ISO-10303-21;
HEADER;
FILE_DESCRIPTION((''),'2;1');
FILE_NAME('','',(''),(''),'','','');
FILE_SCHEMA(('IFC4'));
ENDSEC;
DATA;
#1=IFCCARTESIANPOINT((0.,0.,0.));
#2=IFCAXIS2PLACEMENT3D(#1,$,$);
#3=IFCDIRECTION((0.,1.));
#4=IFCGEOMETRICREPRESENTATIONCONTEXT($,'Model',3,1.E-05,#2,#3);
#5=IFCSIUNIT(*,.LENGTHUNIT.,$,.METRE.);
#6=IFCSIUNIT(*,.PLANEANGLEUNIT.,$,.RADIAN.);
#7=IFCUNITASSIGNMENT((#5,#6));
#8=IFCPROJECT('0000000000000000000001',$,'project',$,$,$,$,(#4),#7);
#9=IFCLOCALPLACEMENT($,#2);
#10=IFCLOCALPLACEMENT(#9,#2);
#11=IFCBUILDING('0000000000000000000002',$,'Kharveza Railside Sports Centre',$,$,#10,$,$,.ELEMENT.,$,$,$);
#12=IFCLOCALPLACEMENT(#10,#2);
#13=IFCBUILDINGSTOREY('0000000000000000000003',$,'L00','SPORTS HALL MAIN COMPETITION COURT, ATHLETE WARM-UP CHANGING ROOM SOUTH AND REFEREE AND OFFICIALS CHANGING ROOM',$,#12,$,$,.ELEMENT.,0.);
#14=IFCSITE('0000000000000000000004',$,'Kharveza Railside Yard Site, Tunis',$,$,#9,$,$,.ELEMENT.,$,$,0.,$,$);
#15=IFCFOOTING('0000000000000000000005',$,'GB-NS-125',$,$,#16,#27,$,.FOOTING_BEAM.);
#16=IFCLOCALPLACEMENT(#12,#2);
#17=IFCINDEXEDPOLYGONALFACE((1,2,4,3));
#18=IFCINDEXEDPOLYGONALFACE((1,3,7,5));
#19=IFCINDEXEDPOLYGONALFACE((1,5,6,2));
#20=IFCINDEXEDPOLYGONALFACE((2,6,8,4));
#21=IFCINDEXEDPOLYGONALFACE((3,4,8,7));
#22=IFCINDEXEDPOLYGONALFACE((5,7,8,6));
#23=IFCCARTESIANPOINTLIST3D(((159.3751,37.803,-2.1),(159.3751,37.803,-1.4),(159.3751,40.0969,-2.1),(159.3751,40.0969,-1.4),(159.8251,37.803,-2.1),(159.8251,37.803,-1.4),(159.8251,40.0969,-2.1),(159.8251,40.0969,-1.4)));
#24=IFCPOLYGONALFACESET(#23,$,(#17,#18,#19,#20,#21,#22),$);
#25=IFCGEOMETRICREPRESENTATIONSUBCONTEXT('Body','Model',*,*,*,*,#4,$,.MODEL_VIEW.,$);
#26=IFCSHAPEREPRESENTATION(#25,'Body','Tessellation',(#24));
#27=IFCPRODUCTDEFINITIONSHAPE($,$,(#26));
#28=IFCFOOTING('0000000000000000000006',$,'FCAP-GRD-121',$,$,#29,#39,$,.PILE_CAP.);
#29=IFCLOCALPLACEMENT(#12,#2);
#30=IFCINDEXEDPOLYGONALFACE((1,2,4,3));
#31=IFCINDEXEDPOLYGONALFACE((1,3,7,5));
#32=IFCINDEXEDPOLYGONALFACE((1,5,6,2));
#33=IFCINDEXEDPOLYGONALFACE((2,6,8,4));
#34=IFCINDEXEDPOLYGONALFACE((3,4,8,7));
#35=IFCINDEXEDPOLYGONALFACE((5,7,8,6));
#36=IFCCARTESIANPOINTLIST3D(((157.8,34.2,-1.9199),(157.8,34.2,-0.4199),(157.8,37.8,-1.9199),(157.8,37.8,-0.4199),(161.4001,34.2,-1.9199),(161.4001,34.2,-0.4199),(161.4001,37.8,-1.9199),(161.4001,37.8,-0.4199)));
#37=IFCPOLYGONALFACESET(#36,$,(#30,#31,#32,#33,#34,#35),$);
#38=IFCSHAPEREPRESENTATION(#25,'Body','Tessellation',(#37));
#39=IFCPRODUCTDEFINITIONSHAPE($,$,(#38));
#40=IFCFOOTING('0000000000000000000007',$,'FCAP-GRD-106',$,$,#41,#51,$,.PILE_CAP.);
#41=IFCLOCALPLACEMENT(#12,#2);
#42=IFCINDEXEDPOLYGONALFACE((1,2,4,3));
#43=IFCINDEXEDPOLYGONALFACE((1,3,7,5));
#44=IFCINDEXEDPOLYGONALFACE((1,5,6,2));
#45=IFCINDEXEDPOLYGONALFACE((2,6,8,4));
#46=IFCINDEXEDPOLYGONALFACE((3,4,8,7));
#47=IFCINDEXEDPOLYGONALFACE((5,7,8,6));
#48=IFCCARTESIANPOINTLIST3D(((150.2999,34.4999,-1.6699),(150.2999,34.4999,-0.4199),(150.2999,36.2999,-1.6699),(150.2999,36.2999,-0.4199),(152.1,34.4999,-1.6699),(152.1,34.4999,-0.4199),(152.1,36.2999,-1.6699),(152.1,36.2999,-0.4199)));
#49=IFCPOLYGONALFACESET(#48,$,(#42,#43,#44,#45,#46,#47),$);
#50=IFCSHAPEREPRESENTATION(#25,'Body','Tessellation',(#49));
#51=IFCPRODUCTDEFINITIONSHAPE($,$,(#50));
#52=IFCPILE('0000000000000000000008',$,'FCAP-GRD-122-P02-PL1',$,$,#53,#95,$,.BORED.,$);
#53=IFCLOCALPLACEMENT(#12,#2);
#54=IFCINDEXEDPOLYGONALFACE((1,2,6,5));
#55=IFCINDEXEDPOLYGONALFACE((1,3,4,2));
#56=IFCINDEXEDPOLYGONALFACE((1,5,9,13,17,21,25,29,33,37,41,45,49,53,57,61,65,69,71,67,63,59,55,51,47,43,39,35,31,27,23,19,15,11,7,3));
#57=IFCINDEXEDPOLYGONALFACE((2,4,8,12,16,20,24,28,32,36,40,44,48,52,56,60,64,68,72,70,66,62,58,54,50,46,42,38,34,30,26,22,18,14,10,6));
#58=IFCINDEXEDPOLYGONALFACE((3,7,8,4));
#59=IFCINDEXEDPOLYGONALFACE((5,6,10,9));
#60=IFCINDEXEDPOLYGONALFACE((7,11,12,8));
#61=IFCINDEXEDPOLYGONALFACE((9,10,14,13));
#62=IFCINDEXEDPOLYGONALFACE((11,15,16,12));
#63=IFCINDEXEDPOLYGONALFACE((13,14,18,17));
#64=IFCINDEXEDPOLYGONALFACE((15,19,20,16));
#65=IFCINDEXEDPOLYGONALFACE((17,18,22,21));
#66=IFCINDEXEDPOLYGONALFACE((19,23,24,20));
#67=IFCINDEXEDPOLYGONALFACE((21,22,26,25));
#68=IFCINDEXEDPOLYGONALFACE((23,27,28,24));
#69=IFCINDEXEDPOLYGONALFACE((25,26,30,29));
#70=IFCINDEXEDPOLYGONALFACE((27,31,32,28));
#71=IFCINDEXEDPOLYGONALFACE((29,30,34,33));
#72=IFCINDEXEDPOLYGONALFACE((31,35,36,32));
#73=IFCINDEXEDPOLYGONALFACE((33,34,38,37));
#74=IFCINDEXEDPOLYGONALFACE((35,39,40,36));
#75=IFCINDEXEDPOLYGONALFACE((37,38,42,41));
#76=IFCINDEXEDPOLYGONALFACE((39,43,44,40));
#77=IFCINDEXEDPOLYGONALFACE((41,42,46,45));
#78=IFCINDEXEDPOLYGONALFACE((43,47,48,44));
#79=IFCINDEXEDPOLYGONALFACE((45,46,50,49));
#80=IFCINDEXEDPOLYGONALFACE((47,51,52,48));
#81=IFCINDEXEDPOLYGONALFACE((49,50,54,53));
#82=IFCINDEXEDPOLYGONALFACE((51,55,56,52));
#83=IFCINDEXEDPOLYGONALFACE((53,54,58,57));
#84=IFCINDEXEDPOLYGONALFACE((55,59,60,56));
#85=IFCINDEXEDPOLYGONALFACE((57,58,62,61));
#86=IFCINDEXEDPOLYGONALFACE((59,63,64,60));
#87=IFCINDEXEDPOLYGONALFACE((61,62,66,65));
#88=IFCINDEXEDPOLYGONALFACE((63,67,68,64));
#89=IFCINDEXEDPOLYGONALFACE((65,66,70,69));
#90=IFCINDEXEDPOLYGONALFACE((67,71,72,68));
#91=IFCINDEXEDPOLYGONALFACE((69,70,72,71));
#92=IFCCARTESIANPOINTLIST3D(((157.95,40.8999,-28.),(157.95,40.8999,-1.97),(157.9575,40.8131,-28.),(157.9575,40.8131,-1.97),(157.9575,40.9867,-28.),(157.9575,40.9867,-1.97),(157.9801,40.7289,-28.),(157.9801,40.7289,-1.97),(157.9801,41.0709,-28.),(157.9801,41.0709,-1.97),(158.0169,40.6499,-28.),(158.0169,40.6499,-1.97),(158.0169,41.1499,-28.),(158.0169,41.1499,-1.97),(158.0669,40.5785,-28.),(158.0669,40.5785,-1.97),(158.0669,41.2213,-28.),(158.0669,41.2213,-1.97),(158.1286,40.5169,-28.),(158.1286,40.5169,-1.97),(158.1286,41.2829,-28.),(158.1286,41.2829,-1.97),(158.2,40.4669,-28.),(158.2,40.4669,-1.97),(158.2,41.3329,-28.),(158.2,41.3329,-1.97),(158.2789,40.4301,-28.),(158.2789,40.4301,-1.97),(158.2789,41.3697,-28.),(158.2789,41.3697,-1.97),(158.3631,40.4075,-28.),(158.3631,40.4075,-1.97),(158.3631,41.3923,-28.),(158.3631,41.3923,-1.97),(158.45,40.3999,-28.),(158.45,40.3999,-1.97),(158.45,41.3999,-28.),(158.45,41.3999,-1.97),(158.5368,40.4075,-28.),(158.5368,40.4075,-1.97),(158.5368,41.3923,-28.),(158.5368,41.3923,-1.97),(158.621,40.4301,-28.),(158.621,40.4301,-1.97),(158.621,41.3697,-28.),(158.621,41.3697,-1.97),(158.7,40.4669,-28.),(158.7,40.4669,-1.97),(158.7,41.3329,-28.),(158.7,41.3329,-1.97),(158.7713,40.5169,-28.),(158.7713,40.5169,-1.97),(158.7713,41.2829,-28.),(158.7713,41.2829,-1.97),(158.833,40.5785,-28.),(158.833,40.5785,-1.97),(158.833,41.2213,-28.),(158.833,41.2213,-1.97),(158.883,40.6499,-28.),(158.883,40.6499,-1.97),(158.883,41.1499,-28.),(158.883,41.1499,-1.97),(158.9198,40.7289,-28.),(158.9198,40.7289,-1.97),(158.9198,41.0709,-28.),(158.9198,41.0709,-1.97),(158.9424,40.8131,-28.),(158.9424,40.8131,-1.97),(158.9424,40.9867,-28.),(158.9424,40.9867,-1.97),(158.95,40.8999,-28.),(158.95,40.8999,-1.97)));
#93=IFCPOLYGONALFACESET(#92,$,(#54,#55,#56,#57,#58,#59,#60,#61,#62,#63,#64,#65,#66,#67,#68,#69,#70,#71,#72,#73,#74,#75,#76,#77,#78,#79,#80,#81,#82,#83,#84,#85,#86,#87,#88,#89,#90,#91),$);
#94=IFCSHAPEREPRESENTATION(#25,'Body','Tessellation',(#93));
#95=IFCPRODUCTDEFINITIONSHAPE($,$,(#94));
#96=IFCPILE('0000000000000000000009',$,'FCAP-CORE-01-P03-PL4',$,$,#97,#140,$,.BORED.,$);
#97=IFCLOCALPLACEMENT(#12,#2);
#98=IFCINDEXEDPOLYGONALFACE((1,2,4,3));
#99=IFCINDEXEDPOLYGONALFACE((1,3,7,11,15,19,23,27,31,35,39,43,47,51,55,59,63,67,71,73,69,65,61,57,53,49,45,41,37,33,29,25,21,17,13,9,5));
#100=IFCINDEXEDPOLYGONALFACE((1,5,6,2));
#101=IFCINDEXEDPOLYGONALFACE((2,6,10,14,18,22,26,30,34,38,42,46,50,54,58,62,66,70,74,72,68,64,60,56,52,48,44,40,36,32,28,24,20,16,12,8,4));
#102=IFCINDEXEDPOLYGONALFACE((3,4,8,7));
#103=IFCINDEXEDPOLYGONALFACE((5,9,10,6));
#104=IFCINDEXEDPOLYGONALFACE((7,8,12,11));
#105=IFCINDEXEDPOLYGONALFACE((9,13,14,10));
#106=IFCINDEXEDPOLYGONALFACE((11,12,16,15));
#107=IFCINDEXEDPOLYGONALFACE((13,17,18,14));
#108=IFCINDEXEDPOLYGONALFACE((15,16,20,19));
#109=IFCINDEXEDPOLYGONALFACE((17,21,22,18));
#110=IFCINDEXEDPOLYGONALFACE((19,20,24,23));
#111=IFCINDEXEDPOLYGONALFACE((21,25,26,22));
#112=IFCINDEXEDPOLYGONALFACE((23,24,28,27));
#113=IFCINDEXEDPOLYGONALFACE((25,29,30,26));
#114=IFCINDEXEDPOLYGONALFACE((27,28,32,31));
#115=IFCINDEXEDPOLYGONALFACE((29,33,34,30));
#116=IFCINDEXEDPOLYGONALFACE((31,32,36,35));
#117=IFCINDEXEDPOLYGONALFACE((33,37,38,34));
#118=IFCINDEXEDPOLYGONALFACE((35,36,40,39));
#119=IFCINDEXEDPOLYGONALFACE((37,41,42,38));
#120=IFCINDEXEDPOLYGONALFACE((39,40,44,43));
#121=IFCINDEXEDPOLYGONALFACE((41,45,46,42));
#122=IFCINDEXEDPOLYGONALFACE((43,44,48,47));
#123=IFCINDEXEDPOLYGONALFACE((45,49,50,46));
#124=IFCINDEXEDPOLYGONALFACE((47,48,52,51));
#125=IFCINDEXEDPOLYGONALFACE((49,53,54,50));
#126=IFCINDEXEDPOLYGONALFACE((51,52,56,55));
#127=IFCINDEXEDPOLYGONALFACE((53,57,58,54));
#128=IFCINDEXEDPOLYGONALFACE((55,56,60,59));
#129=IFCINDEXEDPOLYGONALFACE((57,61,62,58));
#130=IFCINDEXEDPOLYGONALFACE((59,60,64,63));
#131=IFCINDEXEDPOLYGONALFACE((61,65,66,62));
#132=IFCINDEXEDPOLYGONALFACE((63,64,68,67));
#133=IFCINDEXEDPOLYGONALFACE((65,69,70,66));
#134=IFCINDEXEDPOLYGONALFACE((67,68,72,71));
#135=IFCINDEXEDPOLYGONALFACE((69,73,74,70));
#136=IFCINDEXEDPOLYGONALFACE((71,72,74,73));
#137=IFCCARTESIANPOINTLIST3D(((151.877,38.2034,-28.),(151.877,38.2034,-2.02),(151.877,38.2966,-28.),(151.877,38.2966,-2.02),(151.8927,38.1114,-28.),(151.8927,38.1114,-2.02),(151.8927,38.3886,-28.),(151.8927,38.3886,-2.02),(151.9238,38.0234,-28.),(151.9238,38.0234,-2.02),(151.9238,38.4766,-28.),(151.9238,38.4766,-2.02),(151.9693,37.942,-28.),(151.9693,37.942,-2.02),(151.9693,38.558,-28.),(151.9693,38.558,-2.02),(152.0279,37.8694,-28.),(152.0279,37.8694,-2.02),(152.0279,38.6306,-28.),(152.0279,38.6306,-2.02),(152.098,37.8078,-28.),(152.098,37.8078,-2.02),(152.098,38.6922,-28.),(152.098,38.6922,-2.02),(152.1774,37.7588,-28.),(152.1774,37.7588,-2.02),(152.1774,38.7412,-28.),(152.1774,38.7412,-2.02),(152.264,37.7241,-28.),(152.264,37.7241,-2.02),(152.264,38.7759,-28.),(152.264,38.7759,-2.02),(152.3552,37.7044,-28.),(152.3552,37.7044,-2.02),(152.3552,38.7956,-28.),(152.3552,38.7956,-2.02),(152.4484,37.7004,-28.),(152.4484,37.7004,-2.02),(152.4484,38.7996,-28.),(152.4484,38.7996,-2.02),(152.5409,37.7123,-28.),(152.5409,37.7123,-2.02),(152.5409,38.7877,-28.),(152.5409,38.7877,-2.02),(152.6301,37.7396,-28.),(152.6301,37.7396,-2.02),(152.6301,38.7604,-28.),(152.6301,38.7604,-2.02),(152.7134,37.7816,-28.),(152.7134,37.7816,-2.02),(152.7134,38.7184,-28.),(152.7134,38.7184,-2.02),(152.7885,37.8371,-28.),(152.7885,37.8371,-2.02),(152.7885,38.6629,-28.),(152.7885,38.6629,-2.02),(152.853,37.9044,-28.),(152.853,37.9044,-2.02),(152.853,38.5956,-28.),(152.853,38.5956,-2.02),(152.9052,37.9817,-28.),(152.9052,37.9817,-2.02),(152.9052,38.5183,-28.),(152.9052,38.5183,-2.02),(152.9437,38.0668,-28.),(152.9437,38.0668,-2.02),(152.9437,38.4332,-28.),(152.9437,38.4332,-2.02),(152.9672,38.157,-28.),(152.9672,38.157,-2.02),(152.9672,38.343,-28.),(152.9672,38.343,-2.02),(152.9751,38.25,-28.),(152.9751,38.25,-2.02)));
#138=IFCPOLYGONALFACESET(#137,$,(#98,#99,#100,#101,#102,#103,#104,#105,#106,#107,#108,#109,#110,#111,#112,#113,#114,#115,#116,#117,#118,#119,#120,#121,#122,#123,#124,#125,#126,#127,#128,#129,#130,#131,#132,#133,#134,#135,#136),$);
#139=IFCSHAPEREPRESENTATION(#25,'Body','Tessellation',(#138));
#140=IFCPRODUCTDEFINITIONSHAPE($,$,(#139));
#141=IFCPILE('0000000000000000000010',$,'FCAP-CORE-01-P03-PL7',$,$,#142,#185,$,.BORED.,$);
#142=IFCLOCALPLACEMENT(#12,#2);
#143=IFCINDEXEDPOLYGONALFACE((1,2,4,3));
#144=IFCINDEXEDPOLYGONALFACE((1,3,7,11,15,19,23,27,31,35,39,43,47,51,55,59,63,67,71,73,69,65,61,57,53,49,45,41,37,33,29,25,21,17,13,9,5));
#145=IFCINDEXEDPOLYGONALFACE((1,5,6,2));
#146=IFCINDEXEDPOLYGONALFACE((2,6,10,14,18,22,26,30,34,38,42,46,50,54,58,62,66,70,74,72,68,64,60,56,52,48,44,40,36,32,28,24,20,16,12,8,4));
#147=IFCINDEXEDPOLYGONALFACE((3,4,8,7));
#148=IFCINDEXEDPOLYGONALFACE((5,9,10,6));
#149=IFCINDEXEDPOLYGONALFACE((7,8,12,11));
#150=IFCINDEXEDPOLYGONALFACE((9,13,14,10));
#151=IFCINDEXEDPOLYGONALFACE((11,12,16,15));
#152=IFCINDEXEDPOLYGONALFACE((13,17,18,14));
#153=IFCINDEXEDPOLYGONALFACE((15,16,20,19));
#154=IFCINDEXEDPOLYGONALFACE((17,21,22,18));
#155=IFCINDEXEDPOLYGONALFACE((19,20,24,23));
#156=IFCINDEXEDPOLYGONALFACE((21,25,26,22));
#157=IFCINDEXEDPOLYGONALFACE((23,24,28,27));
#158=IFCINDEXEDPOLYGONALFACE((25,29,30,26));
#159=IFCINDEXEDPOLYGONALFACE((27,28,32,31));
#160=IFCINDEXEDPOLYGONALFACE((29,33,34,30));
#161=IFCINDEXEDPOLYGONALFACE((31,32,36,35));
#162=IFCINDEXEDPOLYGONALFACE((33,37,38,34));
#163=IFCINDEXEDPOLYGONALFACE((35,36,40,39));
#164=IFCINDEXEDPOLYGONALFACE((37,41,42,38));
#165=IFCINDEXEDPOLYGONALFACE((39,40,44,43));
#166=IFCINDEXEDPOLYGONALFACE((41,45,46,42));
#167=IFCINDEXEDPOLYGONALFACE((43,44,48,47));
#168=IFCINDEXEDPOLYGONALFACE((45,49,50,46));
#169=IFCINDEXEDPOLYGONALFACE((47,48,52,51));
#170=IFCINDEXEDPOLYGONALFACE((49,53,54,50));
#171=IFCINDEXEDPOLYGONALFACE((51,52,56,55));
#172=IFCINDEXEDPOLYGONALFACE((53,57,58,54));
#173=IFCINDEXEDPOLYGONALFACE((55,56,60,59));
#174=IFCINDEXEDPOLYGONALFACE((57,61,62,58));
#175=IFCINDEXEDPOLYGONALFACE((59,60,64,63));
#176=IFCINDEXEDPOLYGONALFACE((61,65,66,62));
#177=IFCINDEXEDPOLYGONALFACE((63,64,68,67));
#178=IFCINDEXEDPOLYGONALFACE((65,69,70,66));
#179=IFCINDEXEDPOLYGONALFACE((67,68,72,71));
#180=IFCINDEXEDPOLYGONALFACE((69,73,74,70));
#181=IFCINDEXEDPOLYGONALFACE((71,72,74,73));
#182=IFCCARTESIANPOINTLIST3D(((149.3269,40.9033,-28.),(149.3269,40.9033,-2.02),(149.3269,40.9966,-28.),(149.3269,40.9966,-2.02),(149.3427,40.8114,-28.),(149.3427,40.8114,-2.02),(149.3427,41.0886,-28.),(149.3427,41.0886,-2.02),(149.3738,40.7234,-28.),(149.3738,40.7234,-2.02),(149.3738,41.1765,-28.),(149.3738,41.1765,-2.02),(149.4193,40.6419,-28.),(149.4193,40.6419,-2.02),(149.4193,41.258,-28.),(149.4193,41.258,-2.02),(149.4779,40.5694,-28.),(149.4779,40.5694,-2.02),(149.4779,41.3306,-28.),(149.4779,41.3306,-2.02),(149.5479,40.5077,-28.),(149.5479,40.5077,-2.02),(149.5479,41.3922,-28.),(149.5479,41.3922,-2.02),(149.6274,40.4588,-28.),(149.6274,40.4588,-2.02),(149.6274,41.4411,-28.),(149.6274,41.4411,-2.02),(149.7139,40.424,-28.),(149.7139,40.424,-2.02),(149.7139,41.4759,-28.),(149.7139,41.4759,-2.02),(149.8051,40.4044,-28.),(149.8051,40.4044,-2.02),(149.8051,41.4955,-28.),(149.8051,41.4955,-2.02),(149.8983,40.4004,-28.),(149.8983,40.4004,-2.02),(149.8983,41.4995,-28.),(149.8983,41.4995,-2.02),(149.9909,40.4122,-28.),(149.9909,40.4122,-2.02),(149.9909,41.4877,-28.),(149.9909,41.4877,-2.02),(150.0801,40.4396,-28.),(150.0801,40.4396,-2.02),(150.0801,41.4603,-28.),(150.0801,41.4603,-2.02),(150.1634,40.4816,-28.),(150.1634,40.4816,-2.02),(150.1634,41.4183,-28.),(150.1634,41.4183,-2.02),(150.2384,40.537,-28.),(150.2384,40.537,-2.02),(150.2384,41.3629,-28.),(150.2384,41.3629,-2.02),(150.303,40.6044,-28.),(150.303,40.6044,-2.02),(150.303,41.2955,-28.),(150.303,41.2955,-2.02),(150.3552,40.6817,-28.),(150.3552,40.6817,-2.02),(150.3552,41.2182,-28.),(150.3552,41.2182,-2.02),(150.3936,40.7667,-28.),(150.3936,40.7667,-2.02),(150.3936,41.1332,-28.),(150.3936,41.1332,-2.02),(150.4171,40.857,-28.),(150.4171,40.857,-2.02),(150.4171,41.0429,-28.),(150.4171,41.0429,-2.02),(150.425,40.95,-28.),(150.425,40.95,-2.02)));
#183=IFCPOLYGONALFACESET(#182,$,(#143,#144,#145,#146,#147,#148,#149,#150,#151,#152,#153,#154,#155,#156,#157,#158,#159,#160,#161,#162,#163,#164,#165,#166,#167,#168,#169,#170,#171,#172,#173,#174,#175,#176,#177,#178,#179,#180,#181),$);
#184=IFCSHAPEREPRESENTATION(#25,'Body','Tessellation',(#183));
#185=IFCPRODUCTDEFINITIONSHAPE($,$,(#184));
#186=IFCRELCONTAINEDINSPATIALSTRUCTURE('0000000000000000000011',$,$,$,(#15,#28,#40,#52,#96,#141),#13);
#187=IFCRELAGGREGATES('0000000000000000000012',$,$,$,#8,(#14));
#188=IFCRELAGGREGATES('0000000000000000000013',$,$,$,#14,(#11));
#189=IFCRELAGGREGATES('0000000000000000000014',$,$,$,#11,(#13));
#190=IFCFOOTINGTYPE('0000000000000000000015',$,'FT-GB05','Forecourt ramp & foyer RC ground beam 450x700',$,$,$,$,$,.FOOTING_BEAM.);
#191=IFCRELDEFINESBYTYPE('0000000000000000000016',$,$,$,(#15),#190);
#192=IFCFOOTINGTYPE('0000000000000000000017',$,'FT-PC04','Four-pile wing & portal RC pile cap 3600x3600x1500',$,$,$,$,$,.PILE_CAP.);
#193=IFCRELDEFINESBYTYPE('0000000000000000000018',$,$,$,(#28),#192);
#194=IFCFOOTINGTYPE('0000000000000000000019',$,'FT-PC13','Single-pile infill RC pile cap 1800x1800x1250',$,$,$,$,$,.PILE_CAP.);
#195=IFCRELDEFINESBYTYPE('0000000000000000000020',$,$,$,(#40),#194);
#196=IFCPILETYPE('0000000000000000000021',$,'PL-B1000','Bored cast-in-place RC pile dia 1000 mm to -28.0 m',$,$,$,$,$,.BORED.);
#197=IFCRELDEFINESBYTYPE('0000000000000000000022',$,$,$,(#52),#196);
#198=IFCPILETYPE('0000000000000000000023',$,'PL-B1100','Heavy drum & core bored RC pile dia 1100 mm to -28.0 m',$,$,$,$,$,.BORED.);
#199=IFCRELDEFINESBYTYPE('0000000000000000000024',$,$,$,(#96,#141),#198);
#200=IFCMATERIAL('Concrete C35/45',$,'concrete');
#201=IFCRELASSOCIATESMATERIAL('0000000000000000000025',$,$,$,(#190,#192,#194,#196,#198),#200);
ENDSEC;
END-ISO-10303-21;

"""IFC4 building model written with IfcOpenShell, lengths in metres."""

from ifc_helpers import new_model, si_unit, direction, frame, origin, origin_2d, place, context, subcontext, project, spatial, rectangle, circle, extrude, material, material_profile, profile_set, type_object, element, save


model = new_model("IFC4")

# Units and contexts
model_context = context("Model", 3, precision=1e-05, world=origin(), true_north=direction((0.0, 1.0)))
body_context = subcontext(model_context, "Body", "Model", "MODEL_VIEW")
ifc_project = project(units=[si_unit("LENGTHUNIT", "METRE"), si_unit("PLANEANGLEUNIT", "RADIAN")], contexts=[model_context])

# Site, building, storey
site_placement = place(None, origin())
site = spatial("IfcSite", under=ifc_project, at=site_placement, Name="Kharveza Railside Yard Site, Tunis", CompositionType="ELEMENT", RefElevation=0.0)
building_placement = place(site_placement, origin())
building = spatial("IfcBuilding", under=site, at=building_placement, Name="Kharveza Railside Sports Centre", CompositionType="ELEMENT")
storey_placement = place(building_placement, origin())
storey = spatial("IfcBuildingStorey", under=building, at=storey_placement, Name="L00", Description="SPORTS HALL MAIN COMPETITION COURT, ATHLETE WARM-UP CHANGING ROOM SOUTH AND REFEREE AND OFFICIALS CHANGING ROOM", CompositionType="ELEMENT", Elevation=0.0)

# Footings
ifc_material_1 = material(Name="Concrete C35/45", Category="concrete")
ifc_material_profile_1 = material_profile(ifc_material_1, rectangle(XDim=0.45, YDim=0.7, at=origin_2d()), Name="GB 450x700")
ifc_profile_set_1 = profile_set([ifc_material_profile_1], Name="Concrete C35/45")
footing_type_1 = type_object("IfcFootingType", Name="FT-GB05", Description="Forecourt ramp & foyer RC ground beam 450x700", PredefinedType="FOOTING_BEAM", material=ifc_profile_set_1)
footing_1_placement = place(storey_placement, frame((159.6001, 37.803, -1.75), z_axis=(0.0, 1.0, 0.0), x_axis=(-1.0, 0.0, 0.0)))
element("IfcFooting", 1, at=footing_1_placement, inside=storey, type_object=footing_type_1, Name="GB-NS-125", PredefinedType="FOOTING_BEAM", context=body_context, shape_type="SweptSolid", body=[
    extrude(rectangle(XDim=0.45, YDim=0.7, at=origin_2d()), origin(), (0.0, 0.0, 1.0), 2.2939),
])
footing_type_2 = type_object("IfcFootingType", Name="FT-PC04", Description="Four-pile wing & portal RC pile cap 3600x3600x1500", PredefinedType="PILE_CAP", material=ifc_material_1)
footing_2_placement = place(storey_placement, frame((159.6001, 36.0, -1.9199), z_axis=(0.0, 0.0, 1.0), x_axis=(1.0, 0.0, 0.0)))
element("IfcFooting", 2, at=footing_2_placement, inside=storey, type_object=footing_type_2, Name="FCAP-GRD-121", PredefinedType="PILE_CAP", context=body_context, shape_type="SweptSolid", body=[
    extrude(rectangle(XDim=3.6001, YDim=3.6001, at=origin_2d()), origin(), (0.0, 0.0, 1.0), 1.5),
])
footing_type_3 = type_object("IfcFootingType", Name="FT-PC13", Description="Single-pile infill RC pile cap 1800x1800x1250", PredefinedType="PILE_CAP", material=ifc_material_1)
footing_3_placement = place(storey_placement, frame((151.2, 35.3999, -1.6699), z_axis=(0.0, 0.0, 1.0), x_axis=(1.0, 0.0, 0.0)))
element("IfcFooting", 3, at=footing_3_placement, inside=storey, type_object=footing_type_3, Name="FCAP-GRD-106", PredefinedType="PILE_CAP", context=body_context, shape_type="SweptSolid", body=[
    extrude(rectangle(XDim=1.8, YDim=1.8, at=origin_2d()), origin(), (0.0, 0.0, 1.0), 1.25),
])

# Piles
ifc_material_profile_2 = material_profile(ifc_material_1, circle(Radius=0.5, at=origin_2d()), Name="PILE D1000")
ifc_profile_set_2 = profile_set([ifc_material_profile_2], Name="Concrete C35/45")
pile_type_1 = type_object("IfcPileType", Name="PL-B1000", Description="Bored cast-in-place RC pile dia 1000 mm to -28.0 m", PredefinedType="BORED", material=ifc_profile_set_2)
pile_1_placement = place(storey_placement, frame((158.45, 40.8999, -1.97), z_axis=(0.0, 0.0, -1.0), x_axis=(1.0, 0.0, 0.0)))
element("IfcPile", 4, at=pile_1_placement, inside=storey, type_object=pile_type_1, Name="FCAP-GRD-122-P02-PL1", PredefinedType="BORED", context=body_context, shape_type="SweptSolid", body=[
    extrude(circle(Radius=0.5, at=origin_2d()), origin(), (0.0, 0.0, 1.0), 26.03),
])
ifc_material_profile_3 = material_profile(ifc_material_1, circle(Radius=0.55, at=origin_2d()), Name="PILE D1100")
ifc_profile_set_3 = profile_set([ifc_material_profile_3], Name="Concrete C35/45")
pile_type_2 = type_object("IfcPileType", Name="PL-B1100", Description="Heavy drum & core bored RC pile dia 1100 mm to -28.0 m", PredefinedType="BORED", material=ifc_profile_set_3)
for number, where, z_axis, x_axis, name in (
    (5, (152.425, 38.25, -2.02), (0.0, 0.0, -1.0), (1.0, 0.0, 0.0), "FCAP-CORE-01-P03-PL4"),
    (6, (149.875, 40.95, -2.02), (0.0, 0.0, -1.0), (1.0, 0.0, 0.0), "FCAP-CORE-01-P03-PL7"),
):
    element("IfcPile", number, at=place(storey_placement, frame(where, z_axis=z_axis, x_axis=x_axis)), inside=storey, type_object=pile_type_2, Name=name, PredefinedType="BORED", context=body_context, shape_type="SweptSolid", body=[
        extrude(circle(Radius=0.55, at=origin_2d()), origin(), (0.0, 0.0, 1.0), 25.98),
    ])

save(model, "model.ifc")
